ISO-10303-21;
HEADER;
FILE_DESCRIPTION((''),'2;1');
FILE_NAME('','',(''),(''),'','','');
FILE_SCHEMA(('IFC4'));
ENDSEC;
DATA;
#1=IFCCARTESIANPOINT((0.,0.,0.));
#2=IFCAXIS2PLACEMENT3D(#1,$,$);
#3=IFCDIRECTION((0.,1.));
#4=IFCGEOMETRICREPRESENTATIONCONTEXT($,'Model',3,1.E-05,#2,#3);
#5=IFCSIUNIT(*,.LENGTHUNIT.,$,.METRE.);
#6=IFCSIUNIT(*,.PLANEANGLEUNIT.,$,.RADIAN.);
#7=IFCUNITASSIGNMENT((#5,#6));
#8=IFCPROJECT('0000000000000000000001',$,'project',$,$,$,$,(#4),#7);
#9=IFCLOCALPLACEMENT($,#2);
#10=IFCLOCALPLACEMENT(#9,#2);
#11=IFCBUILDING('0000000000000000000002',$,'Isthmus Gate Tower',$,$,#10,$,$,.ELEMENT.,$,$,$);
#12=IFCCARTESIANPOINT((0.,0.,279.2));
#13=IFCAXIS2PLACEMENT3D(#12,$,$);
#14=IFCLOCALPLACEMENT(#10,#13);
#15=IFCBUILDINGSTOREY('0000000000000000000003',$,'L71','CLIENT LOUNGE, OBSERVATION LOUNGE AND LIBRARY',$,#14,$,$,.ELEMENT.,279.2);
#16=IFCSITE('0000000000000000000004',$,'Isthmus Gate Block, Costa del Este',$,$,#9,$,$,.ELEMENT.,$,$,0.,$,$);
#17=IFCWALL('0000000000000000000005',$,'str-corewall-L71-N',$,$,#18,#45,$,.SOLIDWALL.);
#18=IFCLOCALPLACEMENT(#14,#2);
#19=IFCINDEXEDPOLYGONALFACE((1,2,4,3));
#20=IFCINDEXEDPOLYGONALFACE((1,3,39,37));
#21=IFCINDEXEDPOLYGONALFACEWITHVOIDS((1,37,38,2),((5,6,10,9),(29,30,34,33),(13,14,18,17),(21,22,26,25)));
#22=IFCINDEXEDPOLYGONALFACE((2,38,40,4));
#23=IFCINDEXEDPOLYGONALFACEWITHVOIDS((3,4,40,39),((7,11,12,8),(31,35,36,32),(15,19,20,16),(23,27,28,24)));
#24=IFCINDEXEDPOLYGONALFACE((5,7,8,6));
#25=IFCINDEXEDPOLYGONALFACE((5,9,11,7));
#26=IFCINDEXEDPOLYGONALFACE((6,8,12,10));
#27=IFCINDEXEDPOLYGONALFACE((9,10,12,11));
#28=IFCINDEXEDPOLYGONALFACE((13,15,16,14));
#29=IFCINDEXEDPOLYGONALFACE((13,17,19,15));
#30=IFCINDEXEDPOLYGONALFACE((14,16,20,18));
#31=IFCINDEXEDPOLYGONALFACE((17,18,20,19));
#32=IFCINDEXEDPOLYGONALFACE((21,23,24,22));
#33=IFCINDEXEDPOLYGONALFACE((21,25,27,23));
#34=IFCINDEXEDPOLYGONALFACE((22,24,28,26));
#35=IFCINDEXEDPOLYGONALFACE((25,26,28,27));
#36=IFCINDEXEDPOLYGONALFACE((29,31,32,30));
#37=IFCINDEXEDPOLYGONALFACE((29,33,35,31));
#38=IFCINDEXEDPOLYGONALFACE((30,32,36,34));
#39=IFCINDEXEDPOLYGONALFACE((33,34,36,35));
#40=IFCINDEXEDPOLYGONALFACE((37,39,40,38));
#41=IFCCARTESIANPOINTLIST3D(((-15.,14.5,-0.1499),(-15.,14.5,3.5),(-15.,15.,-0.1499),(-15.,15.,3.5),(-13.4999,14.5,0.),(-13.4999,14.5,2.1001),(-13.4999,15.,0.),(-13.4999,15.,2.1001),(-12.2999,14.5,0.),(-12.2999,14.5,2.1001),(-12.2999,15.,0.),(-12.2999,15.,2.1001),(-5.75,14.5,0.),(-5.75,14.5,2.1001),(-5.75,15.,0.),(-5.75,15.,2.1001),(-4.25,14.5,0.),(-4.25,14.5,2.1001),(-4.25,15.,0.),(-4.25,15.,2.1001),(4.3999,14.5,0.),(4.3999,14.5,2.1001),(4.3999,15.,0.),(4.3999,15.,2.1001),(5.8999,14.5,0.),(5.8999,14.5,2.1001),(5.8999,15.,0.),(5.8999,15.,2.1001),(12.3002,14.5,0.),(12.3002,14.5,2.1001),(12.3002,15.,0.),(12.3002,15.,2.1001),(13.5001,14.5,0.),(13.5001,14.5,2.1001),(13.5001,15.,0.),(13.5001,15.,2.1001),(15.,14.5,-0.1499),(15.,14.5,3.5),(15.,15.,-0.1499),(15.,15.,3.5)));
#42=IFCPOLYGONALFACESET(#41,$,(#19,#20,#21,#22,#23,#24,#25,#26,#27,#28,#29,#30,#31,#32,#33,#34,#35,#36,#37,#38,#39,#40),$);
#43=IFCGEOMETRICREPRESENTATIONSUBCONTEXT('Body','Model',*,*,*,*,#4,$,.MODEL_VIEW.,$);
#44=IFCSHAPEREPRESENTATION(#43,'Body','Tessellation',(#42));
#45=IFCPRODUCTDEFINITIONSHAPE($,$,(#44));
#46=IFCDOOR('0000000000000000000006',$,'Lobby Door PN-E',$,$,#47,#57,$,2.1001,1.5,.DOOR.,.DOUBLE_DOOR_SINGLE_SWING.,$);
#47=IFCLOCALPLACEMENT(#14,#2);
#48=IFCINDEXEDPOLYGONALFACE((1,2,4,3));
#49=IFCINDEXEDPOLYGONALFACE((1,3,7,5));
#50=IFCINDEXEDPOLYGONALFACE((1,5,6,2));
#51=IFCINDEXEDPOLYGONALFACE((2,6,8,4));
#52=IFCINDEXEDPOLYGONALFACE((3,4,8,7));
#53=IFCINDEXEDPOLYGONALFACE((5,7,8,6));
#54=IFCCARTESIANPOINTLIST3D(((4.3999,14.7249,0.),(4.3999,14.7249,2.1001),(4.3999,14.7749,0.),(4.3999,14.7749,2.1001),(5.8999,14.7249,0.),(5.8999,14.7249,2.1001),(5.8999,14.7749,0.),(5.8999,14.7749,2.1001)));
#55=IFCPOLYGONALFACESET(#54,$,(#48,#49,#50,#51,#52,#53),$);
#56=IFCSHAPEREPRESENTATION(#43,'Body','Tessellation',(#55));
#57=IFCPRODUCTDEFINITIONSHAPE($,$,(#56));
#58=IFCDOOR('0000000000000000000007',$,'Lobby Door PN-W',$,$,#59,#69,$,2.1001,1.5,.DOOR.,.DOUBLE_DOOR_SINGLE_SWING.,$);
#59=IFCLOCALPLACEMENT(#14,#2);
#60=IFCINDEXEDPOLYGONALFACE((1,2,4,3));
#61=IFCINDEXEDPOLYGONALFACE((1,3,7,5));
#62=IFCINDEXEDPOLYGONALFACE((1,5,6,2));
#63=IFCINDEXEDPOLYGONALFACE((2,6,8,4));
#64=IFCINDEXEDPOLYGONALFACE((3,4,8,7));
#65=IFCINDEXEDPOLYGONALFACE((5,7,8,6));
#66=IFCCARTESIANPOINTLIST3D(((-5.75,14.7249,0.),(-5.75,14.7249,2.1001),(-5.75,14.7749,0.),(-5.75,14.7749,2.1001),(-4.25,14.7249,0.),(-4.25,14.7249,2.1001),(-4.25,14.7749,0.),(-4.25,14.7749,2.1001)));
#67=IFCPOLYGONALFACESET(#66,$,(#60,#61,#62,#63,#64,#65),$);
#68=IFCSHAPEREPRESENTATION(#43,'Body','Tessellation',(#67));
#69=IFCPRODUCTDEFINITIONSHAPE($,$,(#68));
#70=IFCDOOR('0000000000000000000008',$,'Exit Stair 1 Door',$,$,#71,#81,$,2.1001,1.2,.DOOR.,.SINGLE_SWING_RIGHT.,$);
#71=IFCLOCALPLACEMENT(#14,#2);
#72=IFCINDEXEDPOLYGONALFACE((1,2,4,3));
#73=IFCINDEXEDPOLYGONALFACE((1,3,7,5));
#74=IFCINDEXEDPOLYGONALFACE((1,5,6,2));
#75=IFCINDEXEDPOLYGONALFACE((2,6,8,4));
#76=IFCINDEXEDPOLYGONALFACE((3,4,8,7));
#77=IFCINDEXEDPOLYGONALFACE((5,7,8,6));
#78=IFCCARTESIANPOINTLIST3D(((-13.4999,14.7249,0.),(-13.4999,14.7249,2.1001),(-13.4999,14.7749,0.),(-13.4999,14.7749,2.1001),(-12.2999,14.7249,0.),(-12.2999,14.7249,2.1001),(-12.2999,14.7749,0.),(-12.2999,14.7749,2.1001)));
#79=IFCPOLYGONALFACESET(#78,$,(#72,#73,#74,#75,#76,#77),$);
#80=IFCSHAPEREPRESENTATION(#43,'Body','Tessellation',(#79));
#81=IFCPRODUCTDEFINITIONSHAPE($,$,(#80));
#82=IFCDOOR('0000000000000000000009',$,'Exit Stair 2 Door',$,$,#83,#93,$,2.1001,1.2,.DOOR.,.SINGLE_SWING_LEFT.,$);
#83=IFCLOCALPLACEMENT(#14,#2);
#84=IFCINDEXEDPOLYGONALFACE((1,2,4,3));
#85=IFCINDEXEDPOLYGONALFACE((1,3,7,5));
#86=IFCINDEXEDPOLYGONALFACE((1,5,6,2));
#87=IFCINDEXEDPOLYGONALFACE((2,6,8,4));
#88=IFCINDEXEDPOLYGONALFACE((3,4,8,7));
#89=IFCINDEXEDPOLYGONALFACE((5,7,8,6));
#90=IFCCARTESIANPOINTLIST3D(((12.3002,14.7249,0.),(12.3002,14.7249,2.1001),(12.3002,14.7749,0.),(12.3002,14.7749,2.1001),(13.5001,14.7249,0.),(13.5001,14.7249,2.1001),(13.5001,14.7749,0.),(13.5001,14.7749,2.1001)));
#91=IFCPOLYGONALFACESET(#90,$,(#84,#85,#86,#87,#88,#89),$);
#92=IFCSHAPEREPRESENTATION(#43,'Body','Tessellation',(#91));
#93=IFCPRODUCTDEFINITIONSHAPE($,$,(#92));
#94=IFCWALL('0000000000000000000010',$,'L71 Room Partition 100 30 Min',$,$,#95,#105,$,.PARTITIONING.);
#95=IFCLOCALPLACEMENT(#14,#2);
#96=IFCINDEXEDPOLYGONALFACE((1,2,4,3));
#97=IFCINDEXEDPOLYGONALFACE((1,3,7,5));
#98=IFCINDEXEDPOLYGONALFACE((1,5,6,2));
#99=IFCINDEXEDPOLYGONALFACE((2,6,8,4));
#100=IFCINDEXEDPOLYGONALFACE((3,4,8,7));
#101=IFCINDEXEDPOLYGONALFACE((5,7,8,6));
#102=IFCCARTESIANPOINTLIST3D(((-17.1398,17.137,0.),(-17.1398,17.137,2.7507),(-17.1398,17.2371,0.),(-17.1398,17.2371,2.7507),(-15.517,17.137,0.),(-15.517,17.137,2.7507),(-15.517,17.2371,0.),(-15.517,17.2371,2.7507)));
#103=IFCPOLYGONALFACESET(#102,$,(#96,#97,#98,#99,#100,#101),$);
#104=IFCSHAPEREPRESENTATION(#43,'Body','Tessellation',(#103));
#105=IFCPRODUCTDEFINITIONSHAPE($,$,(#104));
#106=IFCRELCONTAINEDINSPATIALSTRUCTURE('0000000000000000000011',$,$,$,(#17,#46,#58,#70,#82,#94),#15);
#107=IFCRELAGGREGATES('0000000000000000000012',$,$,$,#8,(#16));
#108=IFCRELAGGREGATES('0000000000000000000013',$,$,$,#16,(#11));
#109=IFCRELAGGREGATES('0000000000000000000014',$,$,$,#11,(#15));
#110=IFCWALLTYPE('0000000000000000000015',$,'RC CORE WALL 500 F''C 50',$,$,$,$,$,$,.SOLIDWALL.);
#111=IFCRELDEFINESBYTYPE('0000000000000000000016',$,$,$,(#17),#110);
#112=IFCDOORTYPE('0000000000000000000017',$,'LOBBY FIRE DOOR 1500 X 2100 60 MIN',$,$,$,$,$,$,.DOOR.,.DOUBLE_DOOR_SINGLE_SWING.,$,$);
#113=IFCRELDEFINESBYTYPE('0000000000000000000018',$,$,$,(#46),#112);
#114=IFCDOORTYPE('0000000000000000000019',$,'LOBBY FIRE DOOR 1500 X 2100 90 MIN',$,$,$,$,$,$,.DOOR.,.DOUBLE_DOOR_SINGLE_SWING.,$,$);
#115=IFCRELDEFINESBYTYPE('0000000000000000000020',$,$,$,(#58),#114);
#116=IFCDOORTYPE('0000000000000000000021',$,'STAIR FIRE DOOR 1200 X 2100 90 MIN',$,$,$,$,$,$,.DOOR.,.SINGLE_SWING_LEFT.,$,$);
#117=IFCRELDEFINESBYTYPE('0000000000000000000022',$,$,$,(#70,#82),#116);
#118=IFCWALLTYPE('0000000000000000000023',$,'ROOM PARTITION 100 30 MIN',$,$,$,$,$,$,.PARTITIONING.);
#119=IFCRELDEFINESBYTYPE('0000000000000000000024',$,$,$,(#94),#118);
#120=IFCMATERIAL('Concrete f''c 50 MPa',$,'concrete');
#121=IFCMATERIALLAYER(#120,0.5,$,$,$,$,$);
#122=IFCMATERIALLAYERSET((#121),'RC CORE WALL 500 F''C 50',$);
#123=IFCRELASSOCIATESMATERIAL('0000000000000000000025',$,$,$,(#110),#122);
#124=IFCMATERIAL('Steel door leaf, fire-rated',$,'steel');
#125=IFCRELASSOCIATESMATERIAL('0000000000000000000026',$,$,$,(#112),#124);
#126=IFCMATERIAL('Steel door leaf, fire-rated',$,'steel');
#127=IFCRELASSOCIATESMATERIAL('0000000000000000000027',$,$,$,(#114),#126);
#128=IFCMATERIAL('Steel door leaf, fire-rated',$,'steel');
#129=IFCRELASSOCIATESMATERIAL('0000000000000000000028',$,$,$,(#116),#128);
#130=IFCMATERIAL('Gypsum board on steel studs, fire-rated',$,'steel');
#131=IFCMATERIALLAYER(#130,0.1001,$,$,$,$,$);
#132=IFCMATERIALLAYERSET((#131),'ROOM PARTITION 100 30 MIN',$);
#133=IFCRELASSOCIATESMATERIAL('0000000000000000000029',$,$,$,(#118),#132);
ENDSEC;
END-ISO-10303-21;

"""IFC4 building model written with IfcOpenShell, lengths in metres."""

from ifc_helpers import new_model, si_unit, direction, frame, frame_2d, origin, place, context, subcontext, project, spatial, rectangle, extrude, material, layer, layer_set, type_object, element, fill, save


model = new_model("IFC4")

# Units and contexts
model_context = context("Model", 3, precision=1e-05, world=origin(), true_north=direction((0.0, 1.0)))
body_context = subcontext(model_context, "Body", "Model", "MODEL_VIEW")
ifc_project = project(units=[si_unit("LENGTHUNIT", "METRE"), si_unit("PLANEANGLEUNIT", "RADIAN")], contexts=[model_context])

# Site, building, storey
site_placement = place(None, origin())
site = spatial("IfcSite", under=ifc_project, at=site_placement, Name="Isthmus Gate Block, Costa del Este", CompositionType="ELEMENT", RefElevation=0.0)
building_placement = place(site_placement, origin())
building = spatial("IfcBuilding", under=site, at=building_placement, Name="Isthmus Gate Tower", CompositionType="ELEMENT")
storey_placement = place(building_placement, frame((0.0, 0.0, 279.2)))
storey = spatial("IfcBuildingStorey", under=building, at=storey_placement, Name="L71", Description="CLIENT LOUNGE, OBSERVATION LOUNGE AND LIBRARY", CompositionType="ELEMENT", Elevation=279.2)

# Wall, openings, doors
ifc_material_1 = material(Name="Concrete f'c 50 MPa", Category="concrete")
ifc_layer_1 = layer(ifc_material_1, 0.5)
ifc_layer_set_1 = layer_set([ifc_layer_1], Name="RC CORE WALL 500 F'C 50")
wall_type_1 = type_object("IfcWallType", Name="RC CORE WALL 500 F'C 50", PredefinedType="SOLIDWALL", material=ifc_layer_set_1)
wall_1_placement = place(storey_placement, frame((-15.0, 14.75, -0.1499), z_axis=(0.0, 0.0, 1.0), x_axis=(1.0, 0.0, 0.0)))
wall_1 = element("IfcWall", 1, at=wall_1_placement, inside=storey, type_object=wall_type_1, Name="str-corewall-L71-N", PredefinedType="SOLIDWALL", context=body_context, shape_type="SweptSolid", body=[
    extrude(rectangle(XDim=30.0, YDim=0.5, at=frame_2d((15.0, 0.0))), origin(), (0.0, 0.0, 1.0), 3.6499),
])
opening_1_placement = place(wall_1_placement, frame((9.25, 0.0, 0.1499)))
opening_1 = element("IfcOpeningElement", 2, at=opening_1_placement, cuts=wall_1, PredefinedType="OPENING", context=body_context, shape_type="SweptSolid", body=[
    extrude(rectangle(XDim=1.5, YDim=2.1001, at=frame_2d((0.75, 1.05))), frame((0.0, 0.26, 0.0), z_axis=(0.0, -1.0, 0.0), x_axis=(1.0, 0.0, 0.0)), (0.0, 0.0, 1.0), 0.52),
])
opening_2_placement = place(wall_1_placement, frame((19.3999, 0.0, 0.1499)))
opening_2 = element("IfcOpeningElement", 3, at=opening_2_placement, cuts=wall_1, PredefinedType="OPENING", context=body_context, shape_type="SweptSolid", body=[
    extrude(rectangle(XDim=1.5, YDim=2.1001, at=frame_2d((0.75, 1.05))), frame((0.0, 0.26, 0.0), z_axis=(0.0, -1.0, 0.0), x_axis=(1.0, 0.0, 0.0)), (0.0, 0.0, 1.0), 0.52),
])
opening_3_placement = place(wall_1_placement, frame((1.5, 0.0, 0.1499)))
opening_3 = element("IfcOpeningElement", 4, at=opening_3_placement, cuts=wall_1, PredefinedType="OPENING", context=body_context, shape_type="SweptSolid", body=[
    extrude(rectangle(XDim=1.2, YDim=2.1001, at=frame_2d((0.6001, 1.05))), frame((0.0, 0.26, 0.0), z_axis=(0.0, -1.0, 0.0), x_axis=(1.0, 0.0, 0.0)), (0.0, 0.0, 1.0), 0.52),
])
opening_4_placement = place(wall_1_placement, frame((27.3, 0.0, 0.1499)))
opening_4 = element("IfcOpeningElement", 5, at=opening_4_placement, cuts=wall_1, PredefinedType="OPENING", context=body_context, shape_type="SweptSolid", body=[
    extrude(rectangle(XDim=1.2, YDim=2.1001, at=frame_2d((0.6001, 1.05))), frame((0.0, 0.26, 0.0), z_axis=(0.0, -1.0, 0.0), x_axis=(1.0, 0.0, 0.0)), (0.0, 0.0, 1.0), 0.52),
])
ifc_material_2 = material(Name="Steel door leaf, fire-rated", Category="steel")
door_type_1 = type_object("IfcDoorType", Name="LOBBY FIRE DOOR 1500 X 2100 60 MIN", OperationType="DOUBLE_DOOR_SINGLE_SWING", PredefinedType="DOOR", material=ifc_material_2)
door_1_placement = place(opening_2_placement, origin())
door_1 = element("IfcDoor", 6, at=door_1_placement, inside=storey, type_object=door_type_1, Name="Lobby Door PN-E", OperationType="DOUBLE_DOOR_SINGLE_SWING", OverallHeight=2.1001, OverallWidth=1.5, PredefinedType="DOOR", context=body_context, shape_type="SweptSolid", body=[
    extrude(rectangle(XDim=1.5, YDim=2.1001, at=frame_2d((0.75, 1.05))), frame((0.0, 0.0249, 0.0), z_axis=(0.0, -1.0, 0.0), x_axis=(1.0, 0.0, 0.0)), (0.0, 0.0, 1.0), 0.05),
])
fill(opening_2, door_1)
ifc_material_3 = material(Name="Steel door leaf, fire-rated", Category="steel")
door_type_2 = type_object("IfcDoorType", Name="LOBBY FIRE DOOR 1500 X 2100 90 MIN", OperationType="DOUBLE_DOOR_SINGLE_SWING", PredefinedType="DOOR", material=ifc_material_3)
door_2_placement = place(opening_1_placement, origin())
door_2 = element("IfcDoor", 7, at=door_2_placement, inside=storey, type_object=door_type_2, Name="Lobby Door PN-W", OperationType="DOUBLE_DOOR_SINGLE_SWING", OverallHeight=2.1001, OverallWidth=1.5, PredefinedType="DOOR", context=body_context, shape_type="SweptSolid", body=[
    extrude(rectangle(XDim=1.5, YDim=2.1001, at=frame_2d((0.75, 1.05))), frame((0.0, 0.0249, 0.0), z_axis=(0.0, -1.0, 0.0), x_axis=(1.0, 0.0, 0.0)), (0.0, 0.0, 1.0), 0.05),
])
fill(opening_1, door_2)
ifc_material_4 = material(Name="Steel door leaf, fire-rated", Category="steel")
door_type_3 = type_object("IfcDoorType", Name="STAIR FIRE DOOR 1200 X 2100 90 MIN", OperationType="SINGLE_SWING_LEFT", PredefinedType="DOOR", material=ifc_material_4)
door_3_placement = place(opening_3_placement, origin())
door_3 = element("IfcDoor", 8, at=door_3_placement, inside=storey, type_object=door_type_3, Name="Exit Stair 1 Door", OperationType="SINGLE_SWING_RIGHT", OverallHeight=2.1001, OverallWidth=1.2, PredefinedType="DOOR", context=body_context, shape_type="SweptSolid", body=[
    extrude(rectangle(XDim=1.2, YDim=2.1001, at=frame_2d((0.6001, 1.05))), frame((0.0, 0.0249, 0.0), z_axis=(0.0, -1.0, 0.0), x_axis=(1.0, 0.0, 0.0)), (0.0, 0.0, 1.0), 0.05),
])
fill(opening_3, door_3)
door_4_placement = place(opening_4_placement, origin())
door_4 = element("IfcDoor", 9, at=door_4_placement, inside=storey, type_object=door_type_3, Name="Exit Stair 2 Door", OperationType="SINGLE_SWING_LEFT", OverallHeight=2.1001, OverallWidth=1.2, PredefinedType="DOOR", context=body_context, shape_type="SweptSolid", body=[
    extrude(rectangle(XDim=1.2, YDim=2.1001, at=frame_2d((0.6001, 1.05))), frame((0.0, 0.0249, 0.0), z_axis=(0.0, -1.0, 0.0), x_axis=(1.0, 0.0, 0.0)), (0.0, 0.0, 1.0), 0.05),
])
fill(opening_4, door_4)

# Wall
ifc_material_5 = material(Name="Gypsum board on steel studs, fire-rated", Category="steel")
ifc_layer_2 = layer(ifc_material_5, 0.1001)
ifc_layer_set_2 = layer_set([ifc_layer_2], Name="ROOM PARTITION 100 30 MIN")
wall_type_2 = type_object("IfcWallType", Name="ROOM PARTITION 100 30 MIN", PredefinedType="PARTITIONING", material=ifc_layer_set_2)
wall_2_placement = place(storey_placement, frame((-17.1399, 17.187, 0.0), z_axis=(0.0, 0.0, 1.0), x_axis=(1.0, 0.0, 0.0)))
element("IfcWall", 10, at=wall_2_placement, inside=storey, type_object=wall_type_2, Name="L71 Room Partition 100 30 Min", PredefinedType="PARTITIONING", context=body_context, shape_type="SweptSolid", body=[
    extrude(rectangle(XDim=1.6228, YDim=0.1001, at=frame_2d((0.8115, 0.0))), origin(), (0.0, 0.0, 1.0), 2.7507),
])

save(model, "model.ifc")
